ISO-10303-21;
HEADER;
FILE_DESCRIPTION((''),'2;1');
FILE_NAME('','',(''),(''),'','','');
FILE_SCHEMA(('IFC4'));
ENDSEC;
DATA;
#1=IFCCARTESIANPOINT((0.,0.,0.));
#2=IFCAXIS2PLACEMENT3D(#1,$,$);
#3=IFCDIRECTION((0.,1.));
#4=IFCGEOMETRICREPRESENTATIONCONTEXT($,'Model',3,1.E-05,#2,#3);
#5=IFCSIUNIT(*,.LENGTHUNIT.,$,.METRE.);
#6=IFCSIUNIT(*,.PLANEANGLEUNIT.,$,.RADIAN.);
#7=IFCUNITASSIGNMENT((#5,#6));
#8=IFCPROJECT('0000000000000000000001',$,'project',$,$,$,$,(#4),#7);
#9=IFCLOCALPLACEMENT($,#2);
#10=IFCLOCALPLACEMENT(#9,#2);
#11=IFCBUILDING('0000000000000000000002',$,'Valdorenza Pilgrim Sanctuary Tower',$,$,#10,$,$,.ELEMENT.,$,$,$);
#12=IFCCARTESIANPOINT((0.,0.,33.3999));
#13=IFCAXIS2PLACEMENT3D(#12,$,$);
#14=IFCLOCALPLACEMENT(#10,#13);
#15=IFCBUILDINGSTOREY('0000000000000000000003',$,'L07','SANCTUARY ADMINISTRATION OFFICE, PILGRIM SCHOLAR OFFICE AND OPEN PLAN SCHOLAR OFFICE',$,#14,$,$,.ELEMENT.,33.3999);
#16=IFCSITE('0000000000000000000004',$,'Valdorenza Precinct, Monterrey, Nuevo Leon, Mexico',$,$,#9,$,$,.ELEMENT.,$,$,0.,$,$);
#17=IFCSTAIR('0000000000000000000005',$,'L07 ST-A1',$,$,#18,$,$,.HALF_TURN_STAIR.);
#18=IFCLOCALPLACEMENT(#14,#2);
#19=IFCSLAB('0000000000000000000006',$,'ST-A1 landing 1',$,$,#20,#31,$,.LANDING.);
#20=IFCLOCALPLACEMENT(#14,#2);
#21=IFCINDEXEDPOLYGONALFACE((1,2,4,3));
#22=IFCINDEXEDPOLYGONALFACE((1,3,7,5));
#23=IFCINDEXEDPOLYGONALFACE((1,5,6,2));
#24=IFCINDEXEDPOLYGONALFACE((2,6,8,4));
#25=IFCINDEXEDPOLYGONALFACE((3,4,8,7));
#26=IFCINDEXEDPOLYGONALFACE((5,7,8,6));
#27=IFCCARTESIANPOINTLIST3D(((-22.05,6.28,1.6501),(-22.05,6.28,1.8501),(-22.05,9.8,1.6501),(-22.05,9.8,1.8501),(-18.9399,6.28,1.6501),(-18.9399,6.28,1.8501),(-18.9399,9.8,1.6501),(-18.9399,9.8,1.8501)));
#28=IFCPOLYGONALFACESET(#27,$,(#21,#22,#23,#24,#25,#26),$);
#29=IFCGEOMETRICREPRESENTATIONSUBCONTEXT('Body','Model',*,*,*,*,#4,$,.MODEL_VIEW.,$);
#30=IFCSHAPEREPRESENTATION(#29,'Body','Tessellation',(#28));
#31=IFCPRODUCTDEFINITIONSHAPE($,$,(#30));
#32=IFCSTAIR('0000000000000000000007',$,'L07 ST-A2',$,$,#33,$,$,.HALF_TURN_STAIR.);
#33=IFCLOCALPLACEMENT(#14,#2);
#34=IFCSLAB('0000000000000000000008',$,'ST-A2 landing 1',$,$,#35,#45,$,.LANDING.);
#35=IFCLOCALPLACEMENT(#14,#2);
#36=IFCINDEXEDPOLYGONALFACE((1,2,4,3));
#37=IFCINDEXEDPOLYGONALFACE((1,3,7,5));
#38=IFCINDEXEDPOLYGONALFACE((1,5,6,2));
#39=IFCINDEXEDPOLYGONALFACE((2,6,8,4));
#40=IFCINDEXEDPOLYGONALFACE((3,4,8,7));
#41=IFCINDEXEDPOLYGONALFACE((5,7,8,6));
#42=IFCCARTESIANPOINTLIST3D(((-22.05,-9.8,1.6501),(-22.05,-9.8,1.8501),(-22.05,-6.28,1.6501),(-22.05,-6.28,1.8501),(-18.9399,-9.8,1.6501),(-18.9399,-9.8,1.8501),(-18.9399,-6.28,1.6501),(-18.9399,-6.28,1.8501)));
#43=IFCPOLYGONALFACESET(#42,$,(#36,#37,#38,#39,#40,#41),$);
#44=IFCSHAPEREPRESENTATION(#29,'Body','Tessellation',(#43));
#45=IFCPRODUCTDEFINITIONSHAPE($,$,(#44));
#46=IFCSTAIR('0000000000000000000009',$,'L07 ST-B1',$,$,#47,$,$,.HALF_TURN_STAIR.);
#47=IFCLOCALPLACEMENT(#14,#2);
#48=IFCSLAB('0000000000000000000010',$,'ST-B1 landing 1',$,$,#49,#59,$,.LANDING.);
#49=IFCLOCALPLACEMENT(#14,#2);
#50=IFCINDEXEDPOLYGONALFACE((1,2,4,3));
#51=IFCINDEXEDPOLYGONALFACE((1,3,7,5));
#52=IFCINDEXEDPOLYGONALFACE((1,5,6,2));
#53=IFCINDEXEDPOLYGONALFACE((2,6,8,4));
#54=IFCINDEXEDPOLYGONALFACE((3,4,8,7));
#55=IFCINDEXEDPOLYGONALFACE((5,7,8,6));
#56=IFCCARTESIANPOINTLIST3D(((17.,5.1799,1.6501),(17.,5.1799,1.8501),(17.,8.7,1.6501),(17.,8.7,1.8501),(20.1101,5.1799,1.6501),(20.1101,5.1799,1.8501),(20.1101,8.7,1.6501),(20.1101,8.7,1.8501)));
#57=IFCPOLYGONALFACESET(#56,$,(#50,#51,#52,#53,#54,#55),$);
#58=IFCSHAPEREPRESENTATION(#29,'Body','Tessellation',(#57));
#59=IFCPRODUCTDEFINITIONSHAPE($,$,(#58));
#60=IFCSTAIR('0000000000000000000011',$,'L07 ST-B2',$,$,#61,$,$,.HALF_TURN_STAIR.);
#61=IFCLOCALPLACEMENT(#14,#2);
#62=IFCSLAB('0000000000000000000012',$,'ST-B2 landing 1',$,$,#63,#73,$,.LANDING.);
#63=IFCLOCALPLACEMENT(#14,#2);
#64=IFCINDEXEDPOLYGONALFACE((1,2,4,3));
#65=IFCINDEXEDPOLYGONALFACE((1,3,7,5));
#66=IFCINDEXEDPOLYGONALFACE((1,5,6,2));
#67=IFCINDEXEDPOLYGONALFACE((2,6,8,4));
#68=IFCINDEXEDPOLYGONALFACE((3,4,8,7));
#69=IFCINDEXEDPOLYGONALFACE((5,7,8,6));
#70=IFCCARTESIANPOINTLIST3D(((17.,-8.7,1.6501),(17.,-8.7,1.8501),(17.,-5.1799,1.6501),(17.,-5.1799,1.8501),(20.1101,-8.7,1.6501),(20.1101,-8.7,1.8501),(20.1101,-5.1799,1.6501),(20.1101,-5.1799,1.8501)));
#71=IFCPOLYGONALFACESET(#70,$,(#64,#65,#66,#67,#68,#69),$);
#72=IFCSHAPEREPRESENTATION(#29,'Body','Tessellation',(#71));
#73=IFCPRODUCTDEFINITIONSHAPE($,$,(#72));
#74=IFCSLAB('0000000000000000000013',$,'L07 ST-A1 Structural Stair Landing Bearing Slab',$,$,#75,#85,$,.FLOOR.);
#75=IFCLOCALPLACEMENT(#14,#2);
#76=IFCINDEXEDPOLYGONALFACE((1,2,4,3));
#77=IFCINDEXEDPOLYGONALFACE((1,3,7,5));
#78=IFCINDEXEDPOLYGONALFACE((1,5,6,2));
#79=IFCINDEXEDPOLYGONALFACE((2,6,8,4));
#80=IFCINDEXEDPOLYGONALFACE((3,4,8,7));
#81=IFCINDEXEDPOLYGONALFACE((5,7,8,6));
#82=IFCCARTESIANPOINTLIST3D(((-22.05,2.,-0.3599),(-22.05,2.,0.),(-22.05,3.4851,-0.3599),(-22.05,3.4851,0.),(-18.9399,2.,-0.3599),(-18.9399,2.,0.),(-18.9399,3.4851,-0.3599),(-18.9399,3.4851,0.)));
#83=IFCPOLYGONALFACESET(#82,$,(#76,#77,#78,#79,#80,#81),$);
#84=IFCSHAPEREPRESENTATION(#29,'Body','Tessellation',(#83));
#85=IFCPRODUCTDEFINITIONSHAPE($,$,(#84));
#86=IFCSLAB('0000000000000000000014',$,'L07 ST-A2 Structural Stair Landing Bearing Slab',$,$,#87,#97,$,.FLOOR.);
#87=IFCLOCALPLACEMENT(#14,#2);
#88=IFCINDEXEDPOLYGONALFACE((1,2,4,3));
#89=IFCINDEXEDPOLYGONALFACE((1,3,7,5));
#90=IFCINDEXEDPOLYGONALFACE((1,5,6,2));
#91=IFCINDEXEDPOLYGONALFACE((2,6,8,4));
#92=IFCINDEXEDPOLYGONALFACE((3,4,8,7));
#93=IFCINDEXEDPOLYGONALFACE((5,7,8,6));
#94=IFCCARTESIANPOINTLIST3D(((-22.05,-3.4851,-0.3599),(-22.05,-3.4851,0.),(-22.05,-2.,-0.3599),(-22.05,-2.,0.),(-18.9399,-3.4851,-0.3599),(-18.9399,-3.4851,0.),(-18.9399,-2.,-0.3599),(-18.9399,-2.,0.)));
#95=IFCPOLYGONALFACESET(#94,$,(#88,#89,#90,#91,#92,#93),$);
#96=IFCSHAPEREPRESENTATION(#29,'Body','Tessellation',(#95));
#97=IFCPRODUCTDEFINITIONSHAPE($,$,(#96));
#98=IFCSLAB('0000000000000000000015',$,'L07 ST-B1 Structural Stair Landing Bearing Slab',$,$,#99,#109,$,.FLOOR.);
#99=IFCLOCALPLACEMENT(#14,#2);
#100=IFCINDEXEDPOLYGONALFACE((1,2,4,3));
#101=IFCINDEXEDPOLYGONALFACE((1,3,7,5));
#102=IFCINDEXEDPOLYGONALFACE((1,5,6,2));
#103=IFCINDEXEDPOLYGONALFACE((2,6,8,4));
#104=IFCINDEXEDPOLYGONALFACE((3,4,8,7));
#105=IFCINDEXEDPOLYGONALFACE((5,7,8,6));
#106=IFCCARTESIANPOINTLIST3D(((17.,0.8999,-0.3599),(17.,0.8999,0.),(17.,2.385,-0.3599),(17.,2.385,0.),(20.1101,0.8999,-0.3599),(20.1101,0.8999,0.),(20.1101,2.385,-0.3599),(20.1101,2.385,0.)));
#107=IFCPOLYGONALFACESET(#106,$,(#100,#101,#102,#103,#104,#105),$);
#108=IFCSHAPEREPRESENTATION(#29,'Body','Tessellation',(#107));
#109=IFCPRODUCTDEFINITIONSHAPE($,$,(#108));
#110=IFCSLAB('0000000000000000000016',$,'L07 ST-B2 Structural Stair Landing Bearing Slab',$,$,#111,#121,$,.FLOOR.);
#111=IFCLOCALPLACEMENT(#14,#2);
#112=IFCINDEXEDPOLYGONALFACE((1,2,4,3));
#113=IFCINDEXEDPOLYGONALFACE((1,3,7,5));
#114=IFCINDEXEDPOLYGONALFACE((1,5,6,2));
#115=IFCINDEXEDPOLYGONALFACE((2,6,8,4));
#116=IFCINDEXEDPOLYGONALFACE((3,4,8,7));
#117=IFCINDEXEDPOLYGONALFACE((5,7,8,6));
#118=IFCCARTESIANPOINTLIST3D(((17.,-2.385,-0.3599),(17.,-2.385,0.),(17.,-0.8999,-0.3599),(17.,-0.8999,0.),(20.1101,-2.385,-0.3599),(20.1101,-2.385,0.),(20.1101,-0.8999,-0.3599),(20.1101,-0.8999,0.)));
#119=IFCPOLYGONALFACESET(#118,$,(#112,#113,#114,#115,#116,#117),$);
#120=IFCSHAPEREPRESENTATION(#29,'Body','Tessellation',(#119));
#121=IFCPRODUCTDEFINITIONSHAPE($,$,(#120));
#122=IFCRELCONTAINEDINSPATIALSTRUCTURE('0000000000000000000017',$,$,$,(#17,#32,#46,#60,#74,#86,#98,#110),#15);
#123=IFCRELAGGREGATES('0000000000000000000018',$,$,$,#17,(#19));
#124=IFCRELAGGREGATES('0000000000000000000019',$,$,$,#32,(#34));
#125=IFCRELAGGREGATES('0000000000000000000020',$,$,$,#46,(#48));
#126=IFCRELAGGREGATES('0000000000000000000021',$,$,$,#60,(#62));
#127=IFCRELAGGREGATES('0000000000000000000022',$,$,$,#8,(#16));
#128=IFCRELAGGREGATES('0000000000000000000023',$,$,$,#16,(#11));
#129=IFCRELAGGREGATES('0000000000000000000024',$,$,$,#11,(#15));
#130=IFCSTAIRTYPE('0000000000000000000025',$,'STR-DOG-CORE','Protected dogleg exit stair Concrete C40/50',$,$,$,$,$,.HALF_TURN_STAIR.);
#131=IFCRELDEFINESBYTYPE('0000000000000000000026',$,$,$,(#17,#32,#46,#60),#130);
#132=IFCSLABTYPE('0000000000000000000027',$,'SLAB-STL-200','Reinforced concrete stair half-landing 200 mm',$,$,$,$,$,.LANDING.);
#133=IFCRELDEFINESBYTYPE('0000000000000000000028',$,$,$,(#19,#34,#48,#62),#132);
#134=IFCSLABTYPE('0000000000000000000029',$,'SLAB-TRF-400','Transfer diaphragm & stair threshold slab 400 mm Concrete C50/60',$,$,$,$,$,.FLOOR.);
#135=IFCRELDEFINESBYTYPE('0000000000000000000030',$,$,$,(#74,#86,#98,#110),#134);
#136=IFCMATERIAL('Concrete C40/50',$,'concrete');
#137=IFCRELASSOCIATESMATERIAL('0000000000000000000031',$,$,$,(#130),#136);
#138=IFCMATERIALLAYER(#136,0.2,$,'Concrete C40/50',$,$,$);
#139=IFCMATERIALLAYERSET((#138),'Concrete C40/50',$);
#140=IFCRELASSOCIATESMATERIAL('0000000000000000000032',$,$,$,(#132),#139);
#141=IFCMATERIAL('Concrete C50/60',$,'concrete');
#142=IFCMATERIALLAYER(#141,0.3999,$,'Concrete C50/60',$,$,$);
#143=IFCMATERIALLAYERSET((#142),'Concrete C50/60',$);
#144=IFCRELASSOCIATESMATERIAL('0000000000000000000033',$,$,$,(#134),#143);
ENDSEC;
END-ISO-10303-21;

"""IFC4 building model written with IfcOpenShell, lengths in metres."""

from ifc_helpers import new_model, si_unit, direction, frame, origin, place, context, subcontext, project, spatial, polyline, outline, extrude, material, layer, layer_set, type_object, element, aggregate, save


model = new_model("IFC4")

# Units and contexts
model_context = context("Model", 3, precision=1e-05, world=origin(), true_north=direction((0.0, 1.0)))
body_context = subcontext(model_context, "Body", "Model", "MODEL_VIEW")
ifc_project = project(units=[si_unit("LENGTHUNIT", "METRE"), si_unit("PLANEANGLEUNIT", "RADIAN")], contexts=[model_context])

# Site, building, storey
site_placement = place(None, origin())
site = spatial("IfcSite", under=ifc_project, at=site_placement, Name="Valdorenza Precinct, Monterrey, Nuevo Leon, Mexico", CompositionType="ELEMENT", RefElevation=0.0)
building_placement = place(site_placement, origin())
building = spatial("IfcBuilding", under=site, at=building_placement, Name="Valdorenza Pilgrim Sanctuary Tower", CompositionType="ELEMENT")
storey_placement = place(building_placement, frame((0.0, 0.0, 33.3999)))
storey = spatial("IfcBuildingStorey", under=building, at=storey_placement, Name="L07", Description="SANCTUARY ADMINISTRATION OFFICE, PILGRIM SCHOLAR OFFICE AND OPEN PLAN SCHOLAR OFFICE", CompositionType="ELEMENT", Elevation=33.3999)

# Shared definitions
ifc_material_1 = material(Name="Concrete C40/50", Category="concrete")

# Stairs, slabs
stair_type = type_object("IfcStairType", Name="STR-DOG-CORE", Description="Protected dogleg exit stair Concrete C40/50", PredefinedType="HALF_TURN_STAIR", material=ifc_material_1)
stair_1_placement = place(storey_placement, origin())
stair_1 = element("IfcStair", 1, at=stair_1_placement, inside=storey, type_object=stair_type, Name="L07 ST-A1", PredefinedType="HALF_TURN_STAIR")
ifc_layer_1 = layer(ifc_material_1, 0.2, Name="Concrete C40/50")
ifc_layer_set_1 = layer_set([ifc_layer_1], Name="Concrete C40/50")
slab_type_1 = type_object("IfcSlabType", Name="SLAB-STL-200", Description="Reinforced concrete stair half-landing 200 mm", PredefinedType="LANDING", material=ifc_layer_set_1)
slab_1_placement = place(storey_placement, frame((0.0, 0.0, 1.6501)))
slab_1 = element("IfcSlab", 2, at=slab_1_placement, type_object=slab_type_1, Name="ST-A1 landing 1", PredefinedType="LANDING", context=body_context, shape_type="SweptSolid", body=[
    extrude(outline(polyline([(-18.9399, 6.28), (-18.9399, 9.8), (-22.05, 9.8), (-22.05, 6.28), (-18.9399, 6.28)])), origin(), (0.0, 0.0, 1.0), 0.2),
])
aggregate(stair_1, [slab_1])
stair_2_placement = place(storey_placement, origin())
stair_2 = element("IfcStair", 3, at=stair_2_placement, inside=storey, type_object=stair_type, Name="L07 ST-A2", PredefinedType="HALF_TURN_STAIR")
slab_2_placement = place(storey_placement, frame((0.0, 0.0, 1.6501)))
slab_2 = element("IfcSlab", 4, at=slab_2_placement, type_object=slab_type_1, Name="ST-A2 landing 1", PredefinedType="LANDING", context=body_context, shape_type="SweptSolid", body=[
    extrude(outline(polyline([(-22.05, -6.28), (-22.05, -9.8), (-18.9399, -9.8), (-18.9399, -6.28), (-22.05, -6.28)])), origin(), (0.0, 0.0, 1.0), 0.2),
])
aggregate(stair_2, [slab_2])
stair_3_placement = place(storey_placement, origin())
stair_3 = element("IfcStair", 5, at=stair_3_placement, inside=storey, type_object=stair_type, Name="L07 ST-B1", PredefinedType="HALF_TURN_STAIR")
slab_3_placement = place(storey_placement, frame((0.0, 0.0, 1.6501)))
slab_3 = element("IfcSlab", 6, at=slab_3_placement, type_object=slab_type_1, Name="ST-B1 landing 1", PredefinedType="LANDING", context=body_context, shape_type="SweptSolid", body=[
    extrude(outline(polyline([(20.1101, 5.1799), (20.1101, 8.7), (17.0, 8.7), (17.0, 5.1799), (20.1101, 5.1799)])), origin(), (0.0, 0.0, 1.0), 0.2),
])
aggregate(stair_3, [slab_3])
stair_4_placement = place(storey_placement, origin())
stair_4 = element("IfcStair", 7, at=stair_4_placement, inside=storey, type_object=stair_type, Name="L07 ST-B2", PredefinedType="HALF_TURN_STAIR")
slab_4_placement = place(storey_placement, frame((0.0, 0.0, 1.6501)))
slab_4 = element("IfcSlab", 8, at=slab_4_placement, type_object=slab_type_1, Name="ST-B2 landing 1", PredefinedType="LANDING", context=body_context, shape_type="SweptSolid", body=[
    extrude(outline(polyline([(17.0, -5.1799), (17.0, -8.7), (20.1101, -8.7), (20.1101, -5.1799), (17.0, -5.1799)])), origin(), (0.0, 0.0, 1.0), 0.2),
])
aggregate(stair_4, [slab_4])

# Slabs
ifc_material_2 = material(Name="Concrete C50/60", Category="concrete")
ifc_layer_2 = layer(ifc_material_2, 0.3999, Name="Concrete C50/60")
ifc_layer_set_2 = layer_set([ifc_layer_2], Name="Concrete C50/60")
slab_type_2 = type_object("IfcSlabType", Name="SLAB-TRF-400", Description="Transfer diaphragm & stair threshold slab 400 mm Concrete C50/60", PredefinedType="FLOOR", material=ifc_layer_set_2)
slab_5_placement = place(storey_placement, frame((0.0, 0.0, -0.3599)))
element("IfcSlab", 9, at=slab_5_placement, inside=storey, type_object=slab_type_2, Name="L07 ST-A1 Structural Stair Landing Bearing Slab", PredefinedType="FLOOR", context=body_context, shape_type="SweptSolid", body=[
    extrude(outline(polyline([(-22.05, 2.0), (-18.9399, 2.0), (-18.9399, 3.4851), (-22.05, 3.4851), (-22.05, 2.0)])), origin(), (0.0, 0.0, 1.0), 0.3599),
])
slab_6_placement = place(storey_placement, frame((0.0, 0.0, -0.3599)))
element("IfcSlab", 10, at=slab_6_placement, inside=storey, type_object=slab_type_2, Name="L07 ST-A2 Structural Stair Landing Bearing Slab", PredefinedType="FLOOR", context=body_context, shape_type="SweptSolid", body=[
    extrude(outline(polyline([(-22.05, -3.4851), (-18.9399, -3.4851), (-18.9399, -2.0), (-22.05, -2.0), (-22.05, -3.4851)])), origin(), (0.0, 0.0, 1.0), 0.3599),
])
slab_7_placement = place(storey_placement, frame((0.0, 0.0, -0.3599)))
element("IfcSlab", 11, at=slab_7_placement, inside=storey, type_object=slab_type_2, Name="L07 ST-B1 Structural Stair Landing Bearing Slab", PredefinedType="FLOOR", context=body_context, shape_type="SweptSolid", body=[
    extrude(outline(polyline([(17.0, 0.8999), (20.1101, 0.8999), (20.1101, 2.385), (17.0, 2.385), (17.0, 0.8999)])), origin(), (0.0, 0.0, 1.0), 0.3599),
])
slab_8_placement = place(storey_placement, frame((0.0, 0.0, -0.3599)))
element("IfcSlab", 12, at=slab_8_placement, inside=storey, type_object=slab_type_2, Name="L07 ST-B2 Structural Stair Landing Bearing Slab", PredefinedType="FLOOR", context=body_context, shape_type="SweptSolid", body=[
    extrude(outline(polyline([(17.0, -2.385), (20.1101, -2.385), (20.1101, -0.8999), (17.0, -0.8999), (17.0, -2.385)])), origin(), (0.0, 0.0, 1.0), 0.3599),
])

save(model, "model.ifc")
